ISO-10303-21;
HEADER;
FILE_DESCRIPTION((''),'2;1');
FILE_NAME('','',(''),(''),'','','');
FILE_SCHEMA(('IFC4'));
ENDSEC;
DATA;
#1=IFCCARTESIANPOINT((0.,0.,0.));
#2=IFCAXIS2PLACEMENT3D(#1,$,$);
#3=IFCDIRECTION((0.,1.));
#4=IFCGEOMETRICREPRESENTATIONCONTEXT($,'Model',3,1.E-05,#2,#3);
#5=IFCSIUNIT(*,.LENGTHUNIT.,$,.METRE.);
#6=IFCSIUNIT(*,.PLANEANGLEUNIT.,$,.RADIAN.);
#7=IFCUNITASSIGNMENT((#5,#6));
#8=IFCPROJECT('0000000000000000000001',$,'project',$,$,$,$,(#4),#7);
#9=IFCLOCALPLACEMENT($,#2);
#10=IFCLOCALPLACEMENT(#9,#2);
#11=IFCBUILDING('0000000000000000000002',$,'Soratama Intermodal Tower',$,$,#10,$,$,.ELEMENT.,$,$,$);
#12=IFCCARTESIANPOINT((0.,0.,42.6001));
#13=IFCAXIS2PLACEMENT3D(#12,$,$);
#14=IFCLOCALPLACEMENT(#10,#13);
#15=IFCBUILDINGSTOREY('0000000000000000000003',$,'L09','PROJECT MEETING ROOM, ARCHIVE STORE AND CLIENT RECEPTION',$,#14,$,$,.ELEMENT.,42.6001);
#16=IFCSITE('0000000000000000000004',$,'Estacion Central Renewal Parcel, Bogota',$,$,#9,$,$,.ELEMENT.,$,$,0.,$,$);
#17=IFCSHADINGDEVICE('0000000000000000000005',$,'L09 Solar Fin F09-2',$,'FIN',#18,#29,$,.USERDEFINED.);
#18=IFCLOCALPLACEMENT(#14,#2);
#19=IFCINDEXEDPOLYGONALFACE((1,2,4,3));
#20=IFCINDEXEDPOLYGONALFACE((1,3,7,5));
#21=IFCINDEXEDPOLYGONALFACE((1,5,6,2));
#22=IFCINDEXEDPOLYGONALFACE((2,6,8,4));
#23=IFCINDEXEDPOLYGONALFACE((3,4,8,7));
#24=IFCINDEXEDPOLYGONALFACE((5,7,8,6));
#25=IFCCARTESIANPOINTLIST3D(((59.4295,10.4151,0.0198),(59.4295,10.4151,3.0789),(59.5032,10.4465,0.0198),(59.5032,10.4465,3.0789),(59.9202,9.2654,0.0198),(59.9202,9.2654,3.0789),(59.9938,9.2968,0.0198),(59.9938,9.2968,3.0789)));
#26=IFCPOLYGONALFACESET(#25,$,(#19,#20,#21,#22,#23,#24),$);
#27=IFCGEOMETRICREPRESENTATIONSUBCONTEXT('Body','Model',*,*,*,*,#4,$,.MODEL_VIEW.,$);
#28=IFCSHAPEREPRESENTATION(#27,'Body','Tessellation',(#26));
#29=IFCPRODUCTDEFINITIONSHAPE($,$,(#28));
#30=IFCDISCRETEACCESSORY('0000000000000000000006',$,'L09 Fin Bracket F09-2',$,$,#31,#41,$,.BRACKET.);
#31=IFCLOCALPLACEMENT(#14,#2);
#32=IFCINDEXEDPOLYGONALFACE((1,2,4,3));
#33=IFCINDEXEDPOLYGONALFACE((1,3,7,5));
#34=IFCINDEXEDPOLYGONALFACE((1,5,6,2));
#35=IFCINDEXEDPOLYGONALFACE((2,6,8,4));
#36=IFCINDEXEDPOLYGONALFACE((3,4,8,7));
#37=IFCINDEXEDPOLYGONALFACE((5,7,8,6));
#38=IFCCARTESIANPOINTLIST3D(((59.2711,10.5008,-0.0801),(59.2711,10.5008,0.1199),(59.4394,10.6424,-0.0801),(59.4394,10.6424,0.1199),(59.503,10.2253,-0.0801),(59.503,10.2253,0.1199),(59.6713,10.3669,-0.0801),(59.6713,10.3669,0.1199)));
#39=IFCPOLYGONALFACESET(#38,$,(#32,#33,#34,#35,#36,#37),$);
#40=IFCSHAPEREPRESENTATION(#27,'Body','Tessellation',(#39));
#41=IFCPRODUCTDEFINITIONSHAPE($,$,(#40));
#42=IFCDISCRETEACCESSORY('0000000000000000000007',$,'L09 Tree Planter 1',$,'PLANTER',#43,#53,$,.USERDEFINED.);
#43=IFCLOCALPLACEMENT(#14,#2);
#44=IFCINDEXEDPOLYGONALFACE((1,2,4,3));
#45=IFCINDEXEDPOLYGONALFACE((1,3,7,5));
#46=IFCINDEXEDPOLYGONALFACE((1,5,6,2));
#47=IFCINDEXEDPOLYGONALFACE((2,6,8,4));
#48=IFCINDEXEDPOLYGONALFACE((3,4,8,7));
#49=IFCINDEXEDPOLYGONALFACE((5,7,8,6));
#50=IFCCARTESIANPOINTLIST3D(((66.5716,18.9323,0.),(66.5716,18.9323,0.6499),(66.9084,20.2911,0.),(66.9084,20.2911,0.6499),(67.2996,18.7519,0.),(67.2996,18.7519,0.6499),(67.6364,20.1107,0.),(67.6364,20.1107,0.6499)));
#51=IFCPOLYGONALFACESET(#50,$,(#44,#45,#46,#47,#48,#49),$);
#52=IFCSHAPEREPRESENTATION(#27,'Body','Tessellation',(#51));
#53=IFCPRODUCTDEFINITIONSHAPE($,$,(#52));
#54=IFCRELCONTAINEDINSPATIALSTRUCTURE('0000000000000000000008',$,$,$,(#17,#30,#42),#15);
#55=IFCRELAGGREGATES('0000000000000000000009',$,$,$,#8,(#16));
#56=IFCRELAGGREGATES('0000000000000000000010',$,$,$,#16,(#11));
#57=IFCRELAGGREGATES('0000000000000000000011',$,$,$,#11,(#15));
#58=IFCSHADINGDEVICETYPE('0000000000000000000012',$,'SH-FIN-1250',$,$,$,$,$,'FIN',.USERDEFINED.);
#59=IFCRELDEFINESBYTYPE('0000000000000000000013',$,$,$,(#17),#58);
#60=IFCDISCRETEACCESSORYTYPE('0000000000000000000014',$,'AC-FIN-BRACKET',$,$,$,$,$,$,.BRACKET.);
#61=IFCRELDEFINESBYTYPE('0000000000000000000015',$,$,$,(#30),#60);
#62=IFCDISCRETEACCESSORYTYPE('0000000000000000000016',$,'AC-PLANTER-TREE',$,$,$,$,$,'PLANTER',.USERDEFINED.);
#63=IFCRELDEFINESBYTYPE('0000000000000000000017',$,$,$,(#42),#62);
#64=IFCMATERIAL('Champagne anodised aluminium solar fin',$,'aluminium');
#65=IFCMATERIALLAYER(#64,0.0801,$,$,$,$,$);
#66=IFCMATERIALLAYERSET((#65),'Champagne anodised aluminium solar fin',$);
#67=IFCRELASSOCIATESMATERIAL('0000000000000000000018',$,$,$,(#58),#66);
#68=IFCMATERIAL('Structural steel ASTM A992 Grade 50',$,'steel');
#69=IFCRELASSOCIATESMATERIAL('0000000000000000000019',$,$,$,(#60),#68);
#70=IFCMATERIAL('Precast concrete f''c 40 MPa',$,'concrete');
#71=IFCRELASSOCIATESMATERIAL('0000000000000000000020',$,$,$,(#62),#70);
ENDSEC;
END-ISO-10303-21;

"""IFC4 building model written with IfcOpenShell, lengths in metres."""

from ifc_helpers import new_model, si_unit, direction, frame, origin, origin_2d, place, context, subcontext, project, spatial, rectangle, extrude, material, layer, layer_set, type_object, element, save


model = new_model("IFC4")

# Units and contexts
model_context = context("Model", 3, precision=1e-05, world=origin(), true_north=direction((0.0, 1.0)))
body_context = subcontext(model_context, "Body", "Model", "MODEL_VIEW")
ifc_project = project(units=[si_unit("LENGTHUNIT", "METRE"), si_unit("PLANEANGLEUNIT", "RADIAN")], contexts=[model_context])

# Site, building, storey
site_placement = place(None, origin())
site = spatial("IfcSite", under=ifc_project, at=site_placement, Name="Estacion Central Renewal Parcel, Bogota", CompositionType="ELEMENT", RefElevation=0.0)
building_placement = place(site_placement, origin())
building = spatial("IfcBuilding", under=site, at=building_placement, Name="Soratama Intermodal Tower", CompositionType="ELEMENT")
storey_placement = place(building_placement, frame((0.0, 0.0, 42.6001)))
storey = spatial("IfcBuildingStorey", under=building, at=storey_placement, Name="L09", Description="PROJECT MEETING ROOM, ARCHIVE STORE AND CLIENT RECEPTION", CompositionType="ELEMENT", Elevation=42.6001)

# Shading device
ifc_material_1 = material(Name="Champagne anodised aluminium solar fin", Category="aluminium")
ifc_layer_1 = layer(ifc_material_1, 0.0801)
ifc_layer_set_1 = layer_set([ifc_layer_1], Name="Champagne anodised aluminium solar fin")
shading_device_type = type_object("IfcShadingDeviceType", Name="SH-FIN-1250", ElementType="FIN", PredefinedType="USERDEFINED", material=ifc_layer_set_1)
shading_device_placement = place(storey_placement, frame((59.7117, 9.856, 0.0198), z_axis=(0.0, 0.0, 1.0), x_axis=(0.392498, -0.919753, 0.0)))
element("IfcShadingDevice", 1, at=shading_device_placement, inside=storey, type_object=shading_device_type, Name="L09 Solar Fin F09-2", ObjectType="FIN", PredefinedType="USERDEFINED", context=body_context, shape_type="SweptSolid", body=[
    extrude(rectangle(XDim=1.25, YDim=0.0801, at=origin_2d()), origin(), (0.0, 0.0, 1.0), 3.0591),
])

# Discrete accessories
ifc_material_2 = material(Name="Structural steel ASTM A992 Grade 50", Category="steel")
discrete_accessory_type_1 = type_object("IfcDiscreteAccessoryType", Name="AC-FIN-BRACKET", PredefinedType="BRACKET", material=ifc_material_2)
discrete_accessory_1_placement = place(storey_placement, frame((59.4712, 10.4338, -0.0801), z_axis=(0.0, 0.0, 1.0), x_axis=(0.643857, -0.765146, 0.0)))
element("IfcDiscreteAccessory", 2, at=discrete_accessory_1_placement, inside=storey, type_object=discrete_accessory_type_1, Name="L09 Fin Bracket F09-2", PredefinedType="BRACKET", context=body_context, shape_type="SweptSolid", body=[
    extrude(rectangle(XDim=0.3601, YDim=0.22, at=origin_2d()), origin(), (0.0, 0.0, 1.0), 0.2),
])
ifc_material_3 = material(Name="Precast concrete f'c 40 MPa", Category="concrete")
discrete_accessory_type_2 = type_object("IfcDiscreteAccessoryType", Name="AC-PLANTER-TREE", ElementType="PLANTER", PredefinedType="USERDEFINED", material=ifc_material_3)
discrete_accessory_2_placement = place(storey_placement, frame((67.104, 19.5215, 0.0), z_axis=(0.0, 0.0, 1.0), x_axis=(0.970633, -0.240567, 0.0)))
element("IfcDiscreteAccessory", 3, at=discrete_accessory_2_placement, inside=storey, type_object=discrete_accessory_type_2, Name="L09 Tree Planter 1", ObjectType="PLANTER", PredefinedType="USERDEFINED", context=body_context, shape_type="SweptSolid", body=[
    extrude(rectangle(XDim=0.75, YDim=1.3999, at=origin_2d()), origin(), (0.0, 0.0, 1.0), 0.6499),
])

save(model, "model.ifc")
